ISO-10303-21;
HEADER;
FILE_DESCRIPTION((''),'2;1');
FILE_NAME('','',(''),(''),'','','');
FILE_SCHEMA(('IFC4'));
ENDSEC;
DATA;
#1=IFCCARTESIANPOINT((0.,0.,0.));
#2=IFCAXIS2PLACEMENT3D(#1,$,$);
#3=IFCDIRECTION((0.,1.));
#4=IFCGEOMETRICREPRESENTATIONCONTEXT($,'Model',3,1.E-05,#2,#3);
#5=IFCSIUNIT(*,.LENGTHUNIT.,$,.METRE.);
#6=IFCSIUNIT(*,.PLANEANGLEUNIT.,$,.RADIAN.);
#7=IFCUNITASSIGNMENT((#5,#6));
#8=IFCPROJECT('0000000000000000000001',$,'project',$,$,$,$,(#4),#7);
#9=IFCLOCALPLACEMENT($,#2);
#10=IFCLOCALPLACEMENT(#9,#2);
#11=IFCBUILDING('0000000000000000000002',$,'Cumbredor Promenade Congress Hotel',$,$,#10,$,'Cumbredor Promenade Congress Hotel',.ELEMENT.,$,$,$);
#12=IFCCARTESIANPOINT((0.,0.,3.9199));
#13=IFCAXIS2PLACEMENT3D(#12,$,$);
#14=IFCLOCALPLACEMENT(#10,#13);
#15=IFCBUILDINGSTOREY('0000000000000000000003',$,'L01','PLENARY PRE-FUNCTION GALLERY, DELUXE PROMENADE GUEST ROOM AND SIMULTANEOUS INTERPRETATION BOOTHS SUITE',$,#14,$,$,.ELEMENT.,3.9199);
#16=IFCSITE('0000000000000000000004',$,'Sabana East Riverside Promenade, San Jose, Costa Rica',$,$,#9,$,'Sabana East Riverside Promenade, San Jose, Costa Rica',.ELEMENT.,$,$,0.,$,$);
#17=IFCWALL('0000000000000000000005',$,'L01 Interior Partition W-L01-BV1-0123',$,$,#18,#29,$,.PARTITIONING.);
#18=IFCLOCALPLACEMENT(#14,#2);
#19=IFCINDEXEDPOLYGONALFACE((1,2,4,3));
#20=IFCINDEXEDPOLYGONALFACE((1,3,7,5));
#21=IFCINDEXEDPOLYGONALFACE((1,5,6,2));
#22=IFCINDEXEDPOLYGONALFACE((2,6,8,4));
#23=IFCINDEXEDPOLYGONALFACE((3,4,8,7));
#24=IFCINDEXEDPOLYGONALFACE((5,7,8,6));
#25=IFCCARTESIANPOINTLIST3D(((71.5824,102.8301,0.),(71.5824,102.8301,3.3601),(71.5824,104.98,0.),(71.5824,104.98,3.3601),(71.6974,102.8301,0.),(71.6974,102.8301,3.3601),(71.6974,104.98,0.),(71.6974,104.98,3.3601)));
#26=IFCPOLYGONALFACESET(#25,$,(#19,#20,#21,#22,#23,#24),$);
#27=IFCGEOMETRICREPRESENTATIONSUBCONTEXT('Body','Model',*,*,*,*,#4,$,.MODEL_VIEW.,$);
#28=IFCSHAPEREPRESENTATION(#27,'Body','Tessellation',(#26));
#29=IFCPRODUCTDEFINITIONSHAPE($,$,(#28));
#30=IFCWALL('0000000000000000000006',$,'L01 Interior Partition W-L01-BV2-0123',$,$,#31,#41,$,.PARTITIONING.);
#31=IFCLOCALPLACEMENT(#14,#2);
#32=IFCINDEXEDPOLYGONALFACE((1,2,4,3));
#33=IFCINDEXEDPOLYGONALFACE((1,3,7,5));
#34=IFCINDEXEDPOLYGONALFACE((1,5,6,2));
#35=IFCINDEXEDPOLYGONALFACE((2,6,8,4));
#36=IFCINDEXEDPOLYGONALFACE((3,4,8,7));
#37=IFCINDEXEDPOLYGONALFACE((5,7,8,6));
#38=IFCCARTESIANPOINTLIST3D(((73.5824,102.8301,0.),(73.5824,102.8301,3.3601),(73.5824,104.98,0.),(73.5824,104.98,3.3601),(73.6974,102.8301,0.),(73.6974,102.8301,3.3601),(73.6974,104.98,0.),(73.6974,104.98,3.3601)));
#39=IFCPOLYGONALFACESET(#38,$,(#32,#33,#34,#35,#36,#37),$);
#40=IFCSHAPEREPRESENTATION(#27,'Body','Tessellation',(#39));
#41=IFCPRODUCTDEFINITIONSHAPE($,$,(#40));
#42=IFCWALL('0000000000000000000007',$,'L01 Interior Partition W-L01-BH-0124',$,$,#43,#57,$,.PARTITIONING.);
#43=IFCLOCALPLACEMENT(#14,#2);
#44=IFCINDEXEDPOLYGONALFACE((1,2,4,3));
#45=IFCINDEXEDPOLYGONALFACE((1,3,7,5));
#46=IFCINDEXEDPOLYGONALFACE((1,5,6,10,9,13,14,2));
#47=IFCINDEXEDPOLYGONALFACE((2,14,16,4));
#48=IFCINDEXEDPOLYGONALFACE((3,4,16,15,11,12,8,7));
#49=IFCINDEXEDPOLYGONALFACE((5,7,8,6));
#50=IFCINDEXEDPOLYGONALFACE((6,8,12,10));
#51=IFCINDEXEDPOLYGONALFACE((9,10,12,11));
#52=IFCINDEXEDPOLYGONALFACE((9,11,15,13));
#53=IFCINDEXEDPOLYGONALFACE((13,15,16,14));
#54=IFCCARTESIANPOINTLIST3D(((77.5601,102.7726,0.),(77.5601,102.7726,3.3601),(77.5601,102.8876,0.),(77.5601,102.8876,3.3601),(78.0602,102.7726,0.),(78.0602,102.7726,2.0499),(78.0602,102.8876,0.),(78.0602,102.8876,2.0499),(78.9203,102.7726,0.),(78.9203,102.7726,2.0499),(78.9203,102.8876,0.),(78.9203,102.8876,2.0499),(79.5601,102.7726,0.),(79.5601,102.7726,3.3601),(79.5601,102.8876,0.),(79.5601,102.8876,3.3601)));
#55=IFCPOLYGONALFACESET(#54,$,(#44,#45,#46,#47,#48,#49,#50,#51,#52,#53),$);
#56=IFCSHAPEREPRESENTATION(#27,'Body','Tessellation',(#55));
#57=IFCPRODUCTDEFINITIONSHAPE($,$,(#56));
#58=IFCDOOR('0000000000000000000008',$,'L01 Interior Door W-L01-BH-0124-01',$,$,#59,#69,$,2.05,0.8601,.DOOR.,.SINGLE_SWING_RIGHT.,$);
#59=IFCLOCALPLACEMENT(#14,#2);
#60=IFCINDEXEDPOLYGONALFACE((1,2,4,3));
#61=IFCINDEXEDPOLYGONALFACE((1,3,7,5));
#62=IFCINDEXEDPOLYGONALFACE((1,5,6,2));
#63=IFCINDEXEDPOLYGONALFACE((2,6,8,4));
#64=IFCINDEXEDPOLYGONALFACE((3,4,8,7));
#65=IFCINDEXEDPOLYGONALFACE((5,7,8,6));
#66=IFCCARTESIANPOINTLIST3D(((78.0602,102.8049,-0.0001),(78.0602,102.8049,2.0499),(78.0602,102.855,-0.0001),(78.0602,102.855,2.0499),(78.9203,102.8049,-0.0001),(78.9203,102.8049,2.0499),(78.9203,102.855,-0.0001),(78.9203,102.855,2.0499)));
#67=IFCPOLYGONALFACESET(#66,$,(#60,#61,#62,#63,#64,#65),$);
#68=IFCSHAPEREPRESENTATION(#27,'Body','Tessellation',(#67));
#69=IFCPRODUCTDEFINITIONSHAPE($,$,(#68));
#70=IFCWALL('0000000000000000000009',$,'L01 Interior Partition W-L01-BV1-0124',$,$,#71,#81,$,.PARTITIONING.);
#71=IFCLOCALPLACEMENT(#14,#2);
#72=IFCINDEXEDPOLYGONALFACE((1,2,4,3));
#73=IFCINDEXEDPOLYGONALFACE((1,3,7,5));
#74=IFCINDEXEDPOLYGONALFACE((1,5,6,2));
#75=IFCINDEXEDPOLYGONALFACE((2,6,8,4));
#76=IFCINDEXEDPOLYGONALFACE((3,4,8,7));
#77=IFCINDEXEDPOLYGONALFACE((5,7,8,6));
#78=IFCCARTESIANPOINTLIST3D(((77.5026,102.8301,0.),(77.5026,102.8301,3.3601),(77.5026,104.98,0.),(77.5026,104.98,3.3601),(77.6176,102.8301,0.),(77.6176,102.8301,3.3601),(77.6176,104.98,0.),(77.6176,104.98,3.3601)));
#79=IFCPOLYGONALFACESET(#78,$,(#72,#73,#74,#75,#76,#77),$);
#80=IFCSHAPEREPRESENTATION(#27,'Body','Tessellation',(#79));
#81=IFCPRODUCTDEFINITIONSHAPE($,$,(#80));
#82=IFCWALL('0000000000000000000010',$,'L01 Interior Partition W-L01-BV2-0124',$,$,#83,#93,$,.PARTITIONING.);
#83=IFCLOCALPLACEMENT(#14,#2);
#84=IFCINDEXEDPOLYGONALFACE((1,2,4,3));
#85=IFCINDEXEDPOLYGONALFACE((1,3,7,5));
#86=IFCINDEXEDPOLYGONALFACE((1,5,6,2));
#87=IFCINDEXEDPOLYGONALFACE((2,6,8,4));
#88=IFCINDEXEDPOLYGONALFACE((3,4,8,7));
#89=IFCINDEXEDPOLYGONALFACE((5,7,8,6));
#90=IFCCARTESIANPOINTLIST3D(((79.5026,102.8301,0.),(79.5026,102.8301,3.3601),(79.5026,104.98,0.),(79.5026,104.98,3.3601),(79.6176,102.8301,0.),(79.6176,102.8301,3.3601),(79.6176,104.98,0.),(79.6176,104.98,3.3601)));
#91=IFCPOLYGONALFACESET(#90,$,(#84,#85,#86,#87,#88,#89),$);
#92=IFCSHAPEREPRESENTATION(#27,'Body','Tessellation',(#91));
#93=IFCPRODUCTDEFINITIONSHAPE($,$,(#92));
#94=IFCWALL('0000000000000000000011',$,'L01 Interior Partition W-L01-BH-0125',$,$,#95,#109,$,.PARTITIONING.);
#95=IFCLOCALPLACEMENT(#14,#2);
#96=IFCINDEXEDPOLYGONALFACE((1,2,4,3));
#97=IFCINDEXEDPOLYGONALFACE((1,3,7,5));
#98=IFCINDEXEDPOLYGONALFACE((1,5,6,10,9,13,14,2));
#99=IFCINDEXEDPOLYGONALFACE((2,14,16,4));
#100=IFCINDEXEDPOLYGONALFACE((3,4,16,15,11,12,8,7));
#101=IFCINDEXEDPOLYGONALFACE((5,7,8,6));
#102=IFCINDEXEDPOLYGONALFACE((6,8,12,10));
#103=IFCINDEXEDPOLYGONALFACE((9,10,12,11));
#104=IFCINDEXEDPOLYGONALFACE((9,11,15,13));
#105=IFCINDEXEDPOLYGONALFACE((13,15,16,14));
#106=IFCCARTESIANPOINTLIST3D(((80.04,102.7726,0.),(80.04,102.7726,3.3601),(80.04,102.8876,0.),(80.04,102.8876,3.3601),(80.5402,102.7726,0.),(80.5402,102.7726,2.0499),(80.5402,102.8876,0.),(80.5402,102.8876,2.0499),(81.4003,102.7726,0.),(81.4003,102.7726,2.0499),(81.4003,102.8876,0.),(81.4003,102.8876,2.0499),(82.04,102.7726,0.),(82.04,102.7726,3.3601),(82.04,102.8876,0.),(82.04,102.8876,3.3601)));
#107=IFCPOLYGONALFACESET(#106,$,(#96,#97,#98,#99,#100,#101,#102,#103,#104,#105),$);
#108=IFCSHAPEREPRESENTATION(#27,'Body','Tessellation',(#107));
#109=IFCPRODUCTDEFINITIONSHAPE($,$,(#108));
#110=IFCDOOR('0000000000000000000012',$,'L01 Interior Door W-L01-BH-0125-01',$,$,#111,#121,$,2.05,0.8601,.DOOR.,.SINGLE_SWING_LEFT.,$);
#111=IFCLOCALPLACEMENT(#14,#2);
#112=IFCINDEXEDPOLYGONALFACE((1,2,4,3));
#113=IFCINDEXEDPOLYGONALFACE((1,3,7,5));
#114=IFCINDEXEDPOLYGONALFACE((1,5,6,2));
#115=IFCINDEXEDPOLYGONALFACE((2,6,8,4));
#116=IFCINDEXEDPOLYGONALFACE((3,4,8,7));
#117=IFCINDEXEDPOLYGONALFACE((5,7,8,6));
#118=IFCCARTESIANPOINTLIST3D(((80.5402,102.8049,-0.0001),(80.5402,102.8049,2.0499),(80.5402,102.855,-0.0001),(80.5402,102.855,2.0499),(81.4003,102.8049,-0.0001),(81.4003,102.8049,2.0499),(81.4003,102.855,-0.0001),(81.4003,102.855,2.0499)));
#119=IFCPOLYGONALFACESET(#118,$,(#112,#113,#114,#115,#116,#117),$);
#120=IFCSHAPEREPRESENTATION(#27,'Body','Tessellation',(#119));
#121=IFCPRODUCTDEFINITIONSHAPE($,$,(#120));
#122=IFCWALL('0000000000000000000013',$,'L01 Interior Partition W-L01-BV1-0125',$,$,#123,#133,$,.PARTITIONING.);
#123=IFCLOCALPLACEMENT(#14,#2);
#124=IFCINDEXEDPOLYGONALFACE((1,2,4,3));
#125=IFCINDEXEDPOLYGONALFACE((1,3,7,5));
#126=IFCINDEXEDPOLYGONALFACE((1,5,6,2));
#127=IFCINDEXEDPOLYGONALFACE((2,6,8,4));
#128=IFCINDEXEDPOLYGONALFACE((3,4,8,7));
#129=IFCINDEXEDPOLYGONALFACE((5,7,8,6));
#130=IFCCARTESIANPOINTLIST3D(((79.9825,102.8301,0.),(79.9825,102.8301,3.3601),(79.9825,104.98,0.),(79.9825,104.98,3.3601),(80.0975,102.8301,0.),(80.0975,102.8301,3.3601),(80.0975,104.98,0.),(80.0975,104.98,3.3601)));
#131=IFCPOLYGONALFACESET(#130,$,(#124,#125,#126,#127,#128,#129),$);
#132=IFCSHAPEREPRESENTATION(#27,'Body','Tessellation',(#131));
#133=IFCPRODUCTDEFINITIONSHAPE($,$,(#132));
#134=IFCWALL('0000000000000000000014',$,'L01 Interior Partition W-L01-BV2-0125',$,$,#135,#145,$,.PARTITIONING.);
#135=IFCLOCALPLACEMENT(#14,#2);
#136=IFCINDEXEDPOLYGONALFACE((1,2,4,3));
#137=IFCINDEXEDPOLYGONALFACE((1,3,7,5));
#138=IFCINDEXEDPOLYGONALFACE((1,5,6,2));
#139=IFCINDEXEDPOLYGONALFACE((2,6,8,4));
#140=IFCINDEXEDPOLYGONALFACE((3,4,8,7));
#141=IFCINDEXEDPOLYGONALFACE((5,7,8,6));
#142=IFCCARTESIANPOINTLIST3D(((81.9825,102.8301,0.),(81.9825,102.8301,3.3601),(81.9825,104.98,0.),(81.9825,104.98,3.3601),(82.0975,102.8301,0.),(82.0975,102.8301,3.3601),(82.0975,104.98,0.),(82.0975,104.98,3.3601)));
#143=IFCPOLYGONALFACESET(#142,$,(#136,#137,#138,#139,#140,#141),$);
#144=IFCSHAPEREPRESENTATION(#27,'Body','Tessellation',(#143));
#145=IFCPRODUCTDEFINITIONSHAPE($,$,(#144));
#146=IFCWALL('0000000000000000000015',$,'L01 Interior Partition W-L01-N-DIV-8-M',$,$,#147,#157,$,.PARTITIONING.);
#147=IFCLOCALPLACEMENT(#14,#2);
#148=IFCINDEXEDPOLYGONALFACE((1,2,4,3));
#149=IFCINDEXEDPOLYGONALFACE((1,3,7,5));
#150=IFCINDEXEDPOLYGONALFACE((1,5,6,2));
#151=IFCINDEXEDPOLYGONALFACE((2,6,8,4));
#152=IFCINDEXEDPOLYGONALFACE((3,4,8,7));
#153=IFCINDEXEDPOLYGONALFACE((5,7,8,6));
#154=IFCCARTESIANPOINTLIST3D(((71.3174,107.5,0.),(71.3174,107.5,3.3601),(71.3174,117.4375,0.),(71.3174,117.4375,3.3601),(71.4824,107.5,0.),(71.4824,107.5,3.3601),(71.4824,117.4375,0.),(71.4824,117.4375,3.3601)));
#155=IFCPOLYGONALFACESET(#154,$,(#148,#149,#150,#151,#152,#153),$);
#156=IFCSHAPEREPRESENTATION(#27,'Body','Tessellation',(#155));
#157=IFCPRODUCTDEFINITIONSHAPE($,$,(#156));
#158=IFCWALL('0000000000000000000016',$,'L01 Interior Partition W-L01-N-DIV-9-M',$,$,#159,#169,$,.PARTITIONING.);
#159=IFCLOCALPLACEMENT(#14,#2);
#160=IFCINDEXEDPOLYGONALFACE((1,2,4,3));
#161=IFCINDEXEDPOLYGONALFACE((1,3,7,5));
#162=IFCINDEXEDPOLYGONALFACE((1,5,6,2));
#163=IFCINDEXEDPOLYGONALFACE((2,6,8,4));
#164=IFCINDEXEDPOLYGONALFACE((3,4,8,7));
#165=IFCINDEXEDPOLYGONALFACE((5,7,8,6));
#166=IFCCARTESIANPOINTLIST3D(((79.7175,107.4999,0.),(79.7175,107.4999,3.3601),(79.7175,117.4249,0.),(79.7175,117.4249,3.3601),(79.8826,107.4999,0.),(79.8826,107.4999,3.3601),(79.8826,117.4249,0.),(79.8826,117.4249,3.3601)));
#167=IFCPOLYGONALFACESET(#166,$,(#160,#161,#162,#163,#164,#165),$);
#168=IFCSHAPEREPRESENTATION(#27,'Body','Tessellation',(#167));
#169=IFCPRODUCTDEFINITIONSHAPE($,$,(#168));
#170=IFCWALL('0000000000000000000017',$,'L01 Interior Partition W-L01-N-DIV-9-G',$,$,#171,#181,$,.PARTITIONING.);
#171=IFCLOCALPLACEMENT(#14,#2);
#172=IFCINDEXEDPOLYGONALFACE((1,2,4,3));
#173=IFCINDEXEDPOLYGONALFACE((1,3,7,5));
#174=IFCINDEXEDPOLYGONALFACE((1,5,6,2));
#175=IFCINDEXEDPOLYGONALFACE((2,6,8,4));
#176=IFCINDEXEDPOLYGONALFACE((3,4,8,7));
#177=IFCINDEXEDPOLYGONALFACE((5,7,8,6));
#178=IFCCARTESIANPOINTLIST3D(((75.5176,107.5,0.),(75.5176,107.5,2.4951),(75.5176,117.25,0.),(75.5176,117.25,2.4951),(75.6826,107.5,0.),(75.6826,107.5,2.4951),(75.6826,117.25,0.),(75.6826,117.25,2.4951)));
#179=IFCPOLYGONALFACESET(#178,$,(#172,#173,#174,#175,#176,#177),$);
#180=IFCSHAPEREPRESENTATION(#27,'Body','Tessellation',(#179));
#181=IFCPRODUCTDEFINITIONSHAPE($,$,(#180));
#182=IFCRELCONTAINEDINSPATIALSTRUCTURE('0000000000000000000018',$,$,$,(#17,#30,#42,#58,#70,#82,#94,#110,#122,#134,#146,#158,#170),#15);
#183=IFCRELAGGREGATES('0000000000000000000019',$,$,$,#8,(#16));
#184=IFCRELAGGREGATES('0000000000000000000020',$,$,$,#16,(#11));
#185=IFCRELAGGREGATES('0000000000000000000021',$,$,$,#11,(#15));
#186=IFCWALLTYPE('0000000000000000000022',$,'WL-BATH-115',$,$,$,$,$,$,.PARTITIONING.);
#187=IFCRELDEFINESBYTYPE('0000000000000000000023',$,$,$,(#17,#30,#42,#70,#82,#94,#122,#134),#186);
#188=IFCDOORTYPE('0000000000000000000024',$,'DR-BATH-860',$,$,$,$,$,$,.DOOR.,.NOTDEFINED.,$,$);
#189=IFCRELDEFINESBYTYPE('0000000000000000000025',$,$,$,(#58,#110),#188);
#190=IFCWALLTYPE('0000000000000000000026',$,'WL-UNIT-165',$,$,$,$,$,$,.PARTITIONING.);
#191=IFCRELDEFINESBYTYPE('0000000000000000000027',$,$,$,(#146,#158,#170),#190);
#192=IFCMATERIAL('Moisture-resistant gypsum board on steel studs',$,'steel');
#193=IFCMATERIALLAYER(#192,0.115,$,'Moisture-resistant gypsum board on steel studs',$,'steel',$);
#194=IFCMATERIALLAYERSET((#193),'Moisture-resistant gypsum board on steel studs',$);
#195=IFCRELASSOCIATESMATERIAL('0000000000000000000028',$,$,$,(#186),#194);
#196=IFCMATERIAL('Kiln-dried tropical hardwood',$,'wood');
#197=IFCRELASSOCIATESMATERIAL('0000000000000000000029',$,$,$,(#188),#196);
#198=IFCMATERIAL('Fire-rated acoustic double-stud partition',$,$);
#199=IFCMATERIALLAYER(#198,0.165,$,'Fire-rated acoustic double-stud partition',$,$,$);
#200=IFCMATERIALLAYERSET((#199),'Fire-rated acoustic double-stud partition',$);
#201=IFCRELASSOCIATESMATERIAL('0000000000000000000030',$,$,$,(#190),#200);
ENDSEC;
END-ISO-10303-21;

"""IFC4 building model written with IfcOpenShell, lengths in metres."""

from ifc_helpers import new_model, si_unit, direction, frame, frame_2d, origin, place, context, subcontext, project, spatial, rectangle, extrude, material, layer, layer_set, type_object, element, fill, save


model = new_model("IFC4")

# Units and contexts
model_context = context("Model", 3, precision=1e-05, world=origin(), true_north=direction((0.0, 1.0)))
body_context = subcontext(model_context, "Body", "Model", "MODEL_VIEW")
ifc_project = project(units=[si_unit("LENGTHUNIT", "METRE"), si_unit("PLANEANGLEUNIT", "RADIAN")], contexts=[model_context])

# Site, building, storey
site_placement = place(None, origin())
site = spatial("IfcSite", under=ifc_project, at=site_placement, Name="Sabana East Riverside Promenade, San Jose, Costa Rica", LongName="Sabana East Riverside Promenade, San Jose, Costa Rica", CompositionType="ELEMENT", RefElevation=0.0)
building_placement = place(site_placement, origin())
building = spatial("IfcBuilding", under=site, at=building_placement, Name="Cumbredor Promenade Congress Hotel", LongName="Cumbredor Promenade Congress Hotel", CompositionType="ELEMENT")
storey_placement = place(building_placement, frame((0.0, 0.0, 3.9199)))
storey = spatial("IfcBuildingStorey", under=building, at=storey_placement, Name="L01", Description="PLENARY PRE-FUNCTION GALLERY, DELUXE PROMENADE GUEST ROOM AND SIMULTANEOUS INTERPRETATION BOOTHS SUITE", CompositionType="ELEMENT", Elevation=3.9199)

# Shared definitions
ifc_material_1 = material(Name="Moisture-resistant gypsum board on steel studs", Category="steel")
ifc_layer_1 = layer(ifc_material_1, 0.115, Name="Moisture-resistant gypsum board on steel studs", Category="steel")
ifc_layer_set_1 = layer_set([ifc_layer_1], Name="Moisture-resistant gypsum board on steel studs")
wall_type_1 = type_object("IfcWallType", Name="WL-BATH-115", PredefinedType="PARTITIONING", material=ifc_layer_set_1)

# Shared definitions
ifc_material_2 = material(Name="Kiln-dried tropical hardwood", Category="wood")
door_type = type_object("IfcDoorType", Name="DR-BATH-860", OperationType="NOTDEFINED", PredefinedType="DOOR", material=ifc_material_2)

# Walls
for number, where, z_axis, x_axis, name in (
    (1, (71.6399, 102.8301, 0.0), (0.0, 0.0, 1.0), (0.0, 1.0, 0.0), "L01 Interior Partition W-L01-BV1-0123"),
    (2, (73.6399, 102.8301, 0.0), (0.0, 0.0, 1.0), (0.0, 1.0, 0.0), "L01 Interior Partition W-L01-BV2-0123"),
):
    element("IfcWall", number, at=place(storey_placement, frame(where, z_axis=z_axis, x_axis=x_axis)), inside=storey, type_object=wall_type_1, Name=name, PredefinedType="PARTITIONING", context=body_context, shape_type="SweptSolid", body=[
        extrude(rectangle(XDim=2.1499, YDim=0.115, at=frame_2d((1.075, 0.0))), origin(), (0.0, 0.0, 1.0), 3.3601),
    ])

# Wall, opening, door
wall_1_placement = place(storey_placement, frame((77.5601, 102.8301, 0.0), z_axis=(0.0, 0.0, 1.0), x_axis=(1.0, 0.0, 0.0)))
wall_1 = element("IfcWall", 3, at=wall_1_placement, inside=storey, type_object=wall_type_1, Name="L01 Interior Partition W-L01-BH-0124", PredefinedType="PARTITIONING", context=body_context, shape_type="SweptSolid", body=[
    extrude(rectangle(XDim=2.0, YDim=0.115, at=frame_2d((1.0, 0.0))), origin(), (0.0, 0.0, 1.0), 3.3601),
])
opening_1_placement = place(wall_1_placement, frame((0.5, 0.0, 0.0)))
opening_1 = element("IfcOpeningElement", 4, at=opening_1_placement, cuts=wall_1, PredefinedType="OPENING", context=body_context, shape_type="SweptSolid", body=[
    extrude(rectangle(XDim=0.8601, YDim=2.05, at=frame_2d((0.4302, 1.0249))), frame((0.0, 0.0674, 0.0), z_axis=(0.0, -1.0, 0.0), x_axis=(1.0, 0.0, 0.0)), (0.0, 0.0, 1.0), 0.135),
])
door_1_placement = place(opening_1_placement, origin())
door_1 = element("IfcDoor", 5, at=door_1_placement, inside=storey, type_object=door_type, Name="L01 Interior Door W-L01-BH-0124-01", OperationType="SINGLE_SWING_RIGHT", OverallHeight=2.05, OverallWidth=0.8601, PredefinedType="DOOR", context=body_context, shape_type="SweptSolid", body=[
    extrude(rectangle(XDim=0.8601, YDim=2.05, at=frame_2d((0.4302, 1.0249))), frame((0.0, 0.0249, 0.0), z_axis=(0.0, -1.0, 0.0), x_axis=(1.0, 0.0, 0.0)), (0.0, 0.0, 1.0), 0.05),
])
fill(opening_1, door_1)

# Walls
for number, where, z_axis, x_axis, name in (
    (6, (77.5601, 102.8301, 0.0), (0.0, 0.0, 1.0), (0.0, 1.0, 0.0), "L01 Interior Partition W-L01-BV1-0124"),
    (7, (79.5601, 102.8301, 0.0), (0.0, 0.0, 1.0), (0.0, 1.0, 0.0), "L01 Interior Partition W-L01-BV2-0124"),
):
    element("IfcWall", number, at=place(storey_placement, frame(where, z_axis=z_axis, x_axis=x_axis)), inside=storey, type_object=wall_type_1, Name=name, PredefinedType="PARTITIONING", context=body_context, shape_type="SweptSolid", body=[
        extrude(rectangle(XDim=2.1499, YDim=0.115, at=frame_2d((1.075, 0.0))), origin(), (0.0, 0.0, 1.0), 3.3601),
    ])

# Wall, opening, door
wall_2_placement = place(storey_placement, frame((80.04, 102.8301, 0.0), z_axis=(0.0, 0.0, 1.0), x_axis=(1.0, 0.0, 0.0)))
wall_2 = element("IfcWall", 8, at=wall_2_placement, inside=storey, type_object=wall_type_1, Name="L01 Interior Partition W-L01-BH-0125", PredefinedType="PARTITIONING", context=body_context, shape_type="SweptSolid", body=[
    extrude(rectangle(XDim=2.0, YDim=0.115, at=frame_2d((1.0, 0.0))), origin(), (0.0, 0.0, 1.0), 3.3601),
])
opening_2_placement = place(wall_2_placement, frame((0.5, 0.0, 0.0)))
opening_2 = element("IfcOpeningElement", 9, at=opening_2_placement, cuts=wall_2, PredefinedType="OPENING", context=body_context, shape_type="SweptSolid", body=[
    extrude(rectangle(XDim=0.8601, YDim=2.05, at=frame_2d((0.4302, 1.0249))), frame((0.0, 0.0674, 0.0), z_axis=(0.0, -1.0, 0.0), x_axis=(1.0, 0.0, 0.0)), (0.0, 0.0, 1.0), 0.135),
])
door_2_placement = place(opening_2_placement, origin())
door_2 = element("IfcDoor", 10, at=door_2_placement, inside=storey, type_object=door_type, Name="L01 Interior Door W-L01-BH-0125-01", OperationType="SINGLE_SWING_LEFT", OverallHeight=2.05, OverallWidth=0.8601, PredefinedType="DOOR", context=body_context, shape_type="SweptSolid", body=[
    extrude(rectangle(XDim=0.8601, YDim=2.05, at=frame_2d((0.4302, 1.0249))), frame((0.0, 0.0249, 0.0), z_axis=(0.0, -1.0, 0.0), x_axis=(1.0, 0.0, 0.0)), (0.0, 0.0, 1.0), 0.05),
])
fill(opening_2, door_2)

# Walls
for number, where, z_axis, x_axis, name in (
    (11, (80.04, 102.8301, 0.0), (0.0, 0.0, 1.0), (0.0, 1.0, 0.0), "L01 Interior Partition W-L01-BV1-0125"),
    (12, (82.04, 102.8301, 0.0), (0.0, 0.0, 1.0), (0.0, 1.0, 0.0), "L01 Interior Partition W-L01-BV2-0125"),
):
    element("IfcWall", number, at=place(storey_placement, frame(where, z_axis=z_axis, x_axis=x_axis)), inside=storey, type_object=wall_type_1, Name=name, PredefinedType="PARTITIONING", context=body_context, shape_type="SweptSolid", body=[
        extrude(rectangle(XDim=2.1499, YDim=0.115, at=frame_2d((1.075, 0.0))), origin(), (0.0, 0.0, 1.0), 3.3601),
    ])
ifc_material_3 = material(Name="Fire-rated acoustic double-stud partition")
ifc_layer_2 = layer(ifc_material_3, 0.165, Name="Fire-rated acoustic double-stud partition")
ifc_layer_set_2 = layer_set([ifc_layer_2], Name="Fire-rated acoustic double-stud partition")
wall_type_2 = type_object("IfcWallType", Name="WL-UNIT-165", PredefinedType="PARTITIONING", material=ifc_layer_set_2)
wall_3_placement = place(storey_placement, frame((71.3999, 107.5, 0.0), z_axis=(0.0, 0.0, 1.0), x_axis=(0.0, 1.0, 0.0)))
element("IfcWall", 13, at=wall_3_placement, inside=storey, type_object=wall_type_2, Name="L01 Interior Partition W-L01-N-DIV-8-M", PredefinedType="PARTITIONING", context=body_context, shape_type="SweptSolid", body=[
    extrude(rectangle(XDim=9.9375, YDim=0.165, at=frame_2d((4.9688, 0.0))), origin(), (0.0, 0.0, 1.0), 3.3601),
])
wall_4_placement = place(storey_placement, frame((79.8, 107.5, 0.0), z_axis=(0.0, 0.0, 1.0), x_axis=(0.0, 1.0, 0.0)))
element("IfcWall", 14, at=wall_4_placement, inside=storey, type_object=wall_type_2, Name="L01 Interior Partition W-L01-N-DIV-9-M", PredefinedType="PARTITIONING", context=body_context, shape_type="SweptSolid", body=[
    extrude(rectangle(XDim=9.925, YDim=0.165, at=frame_2d((4.9624, 0.0))), origin(), (0.0, 0.0, 1.0), 3.3601),
])
wall_5_placement = place(storey_placement, frame((75.6001, 107.5, 0.0), z_axis=(0.0, 0.0, 1.0), x_axis=(0.0, 1.0, 0.0)))
element("IfcWall", 15, at=wall_5_placement, inside=storey, type_object=wall_type_2, Name="L01 Interior Partition W-L01-N-DIV-9-G", PredefinedType="PARTITIONING", context=body_context, shape_type="SweptSolid", body=[
    extrude(rectangle(XDim=9.75, YDim=0.165, at=frame_2d((4.875, 0.0))), origin(), (0.0, 0.0, 1.0), 2.4951),
])

save(model, "model.ifc")
